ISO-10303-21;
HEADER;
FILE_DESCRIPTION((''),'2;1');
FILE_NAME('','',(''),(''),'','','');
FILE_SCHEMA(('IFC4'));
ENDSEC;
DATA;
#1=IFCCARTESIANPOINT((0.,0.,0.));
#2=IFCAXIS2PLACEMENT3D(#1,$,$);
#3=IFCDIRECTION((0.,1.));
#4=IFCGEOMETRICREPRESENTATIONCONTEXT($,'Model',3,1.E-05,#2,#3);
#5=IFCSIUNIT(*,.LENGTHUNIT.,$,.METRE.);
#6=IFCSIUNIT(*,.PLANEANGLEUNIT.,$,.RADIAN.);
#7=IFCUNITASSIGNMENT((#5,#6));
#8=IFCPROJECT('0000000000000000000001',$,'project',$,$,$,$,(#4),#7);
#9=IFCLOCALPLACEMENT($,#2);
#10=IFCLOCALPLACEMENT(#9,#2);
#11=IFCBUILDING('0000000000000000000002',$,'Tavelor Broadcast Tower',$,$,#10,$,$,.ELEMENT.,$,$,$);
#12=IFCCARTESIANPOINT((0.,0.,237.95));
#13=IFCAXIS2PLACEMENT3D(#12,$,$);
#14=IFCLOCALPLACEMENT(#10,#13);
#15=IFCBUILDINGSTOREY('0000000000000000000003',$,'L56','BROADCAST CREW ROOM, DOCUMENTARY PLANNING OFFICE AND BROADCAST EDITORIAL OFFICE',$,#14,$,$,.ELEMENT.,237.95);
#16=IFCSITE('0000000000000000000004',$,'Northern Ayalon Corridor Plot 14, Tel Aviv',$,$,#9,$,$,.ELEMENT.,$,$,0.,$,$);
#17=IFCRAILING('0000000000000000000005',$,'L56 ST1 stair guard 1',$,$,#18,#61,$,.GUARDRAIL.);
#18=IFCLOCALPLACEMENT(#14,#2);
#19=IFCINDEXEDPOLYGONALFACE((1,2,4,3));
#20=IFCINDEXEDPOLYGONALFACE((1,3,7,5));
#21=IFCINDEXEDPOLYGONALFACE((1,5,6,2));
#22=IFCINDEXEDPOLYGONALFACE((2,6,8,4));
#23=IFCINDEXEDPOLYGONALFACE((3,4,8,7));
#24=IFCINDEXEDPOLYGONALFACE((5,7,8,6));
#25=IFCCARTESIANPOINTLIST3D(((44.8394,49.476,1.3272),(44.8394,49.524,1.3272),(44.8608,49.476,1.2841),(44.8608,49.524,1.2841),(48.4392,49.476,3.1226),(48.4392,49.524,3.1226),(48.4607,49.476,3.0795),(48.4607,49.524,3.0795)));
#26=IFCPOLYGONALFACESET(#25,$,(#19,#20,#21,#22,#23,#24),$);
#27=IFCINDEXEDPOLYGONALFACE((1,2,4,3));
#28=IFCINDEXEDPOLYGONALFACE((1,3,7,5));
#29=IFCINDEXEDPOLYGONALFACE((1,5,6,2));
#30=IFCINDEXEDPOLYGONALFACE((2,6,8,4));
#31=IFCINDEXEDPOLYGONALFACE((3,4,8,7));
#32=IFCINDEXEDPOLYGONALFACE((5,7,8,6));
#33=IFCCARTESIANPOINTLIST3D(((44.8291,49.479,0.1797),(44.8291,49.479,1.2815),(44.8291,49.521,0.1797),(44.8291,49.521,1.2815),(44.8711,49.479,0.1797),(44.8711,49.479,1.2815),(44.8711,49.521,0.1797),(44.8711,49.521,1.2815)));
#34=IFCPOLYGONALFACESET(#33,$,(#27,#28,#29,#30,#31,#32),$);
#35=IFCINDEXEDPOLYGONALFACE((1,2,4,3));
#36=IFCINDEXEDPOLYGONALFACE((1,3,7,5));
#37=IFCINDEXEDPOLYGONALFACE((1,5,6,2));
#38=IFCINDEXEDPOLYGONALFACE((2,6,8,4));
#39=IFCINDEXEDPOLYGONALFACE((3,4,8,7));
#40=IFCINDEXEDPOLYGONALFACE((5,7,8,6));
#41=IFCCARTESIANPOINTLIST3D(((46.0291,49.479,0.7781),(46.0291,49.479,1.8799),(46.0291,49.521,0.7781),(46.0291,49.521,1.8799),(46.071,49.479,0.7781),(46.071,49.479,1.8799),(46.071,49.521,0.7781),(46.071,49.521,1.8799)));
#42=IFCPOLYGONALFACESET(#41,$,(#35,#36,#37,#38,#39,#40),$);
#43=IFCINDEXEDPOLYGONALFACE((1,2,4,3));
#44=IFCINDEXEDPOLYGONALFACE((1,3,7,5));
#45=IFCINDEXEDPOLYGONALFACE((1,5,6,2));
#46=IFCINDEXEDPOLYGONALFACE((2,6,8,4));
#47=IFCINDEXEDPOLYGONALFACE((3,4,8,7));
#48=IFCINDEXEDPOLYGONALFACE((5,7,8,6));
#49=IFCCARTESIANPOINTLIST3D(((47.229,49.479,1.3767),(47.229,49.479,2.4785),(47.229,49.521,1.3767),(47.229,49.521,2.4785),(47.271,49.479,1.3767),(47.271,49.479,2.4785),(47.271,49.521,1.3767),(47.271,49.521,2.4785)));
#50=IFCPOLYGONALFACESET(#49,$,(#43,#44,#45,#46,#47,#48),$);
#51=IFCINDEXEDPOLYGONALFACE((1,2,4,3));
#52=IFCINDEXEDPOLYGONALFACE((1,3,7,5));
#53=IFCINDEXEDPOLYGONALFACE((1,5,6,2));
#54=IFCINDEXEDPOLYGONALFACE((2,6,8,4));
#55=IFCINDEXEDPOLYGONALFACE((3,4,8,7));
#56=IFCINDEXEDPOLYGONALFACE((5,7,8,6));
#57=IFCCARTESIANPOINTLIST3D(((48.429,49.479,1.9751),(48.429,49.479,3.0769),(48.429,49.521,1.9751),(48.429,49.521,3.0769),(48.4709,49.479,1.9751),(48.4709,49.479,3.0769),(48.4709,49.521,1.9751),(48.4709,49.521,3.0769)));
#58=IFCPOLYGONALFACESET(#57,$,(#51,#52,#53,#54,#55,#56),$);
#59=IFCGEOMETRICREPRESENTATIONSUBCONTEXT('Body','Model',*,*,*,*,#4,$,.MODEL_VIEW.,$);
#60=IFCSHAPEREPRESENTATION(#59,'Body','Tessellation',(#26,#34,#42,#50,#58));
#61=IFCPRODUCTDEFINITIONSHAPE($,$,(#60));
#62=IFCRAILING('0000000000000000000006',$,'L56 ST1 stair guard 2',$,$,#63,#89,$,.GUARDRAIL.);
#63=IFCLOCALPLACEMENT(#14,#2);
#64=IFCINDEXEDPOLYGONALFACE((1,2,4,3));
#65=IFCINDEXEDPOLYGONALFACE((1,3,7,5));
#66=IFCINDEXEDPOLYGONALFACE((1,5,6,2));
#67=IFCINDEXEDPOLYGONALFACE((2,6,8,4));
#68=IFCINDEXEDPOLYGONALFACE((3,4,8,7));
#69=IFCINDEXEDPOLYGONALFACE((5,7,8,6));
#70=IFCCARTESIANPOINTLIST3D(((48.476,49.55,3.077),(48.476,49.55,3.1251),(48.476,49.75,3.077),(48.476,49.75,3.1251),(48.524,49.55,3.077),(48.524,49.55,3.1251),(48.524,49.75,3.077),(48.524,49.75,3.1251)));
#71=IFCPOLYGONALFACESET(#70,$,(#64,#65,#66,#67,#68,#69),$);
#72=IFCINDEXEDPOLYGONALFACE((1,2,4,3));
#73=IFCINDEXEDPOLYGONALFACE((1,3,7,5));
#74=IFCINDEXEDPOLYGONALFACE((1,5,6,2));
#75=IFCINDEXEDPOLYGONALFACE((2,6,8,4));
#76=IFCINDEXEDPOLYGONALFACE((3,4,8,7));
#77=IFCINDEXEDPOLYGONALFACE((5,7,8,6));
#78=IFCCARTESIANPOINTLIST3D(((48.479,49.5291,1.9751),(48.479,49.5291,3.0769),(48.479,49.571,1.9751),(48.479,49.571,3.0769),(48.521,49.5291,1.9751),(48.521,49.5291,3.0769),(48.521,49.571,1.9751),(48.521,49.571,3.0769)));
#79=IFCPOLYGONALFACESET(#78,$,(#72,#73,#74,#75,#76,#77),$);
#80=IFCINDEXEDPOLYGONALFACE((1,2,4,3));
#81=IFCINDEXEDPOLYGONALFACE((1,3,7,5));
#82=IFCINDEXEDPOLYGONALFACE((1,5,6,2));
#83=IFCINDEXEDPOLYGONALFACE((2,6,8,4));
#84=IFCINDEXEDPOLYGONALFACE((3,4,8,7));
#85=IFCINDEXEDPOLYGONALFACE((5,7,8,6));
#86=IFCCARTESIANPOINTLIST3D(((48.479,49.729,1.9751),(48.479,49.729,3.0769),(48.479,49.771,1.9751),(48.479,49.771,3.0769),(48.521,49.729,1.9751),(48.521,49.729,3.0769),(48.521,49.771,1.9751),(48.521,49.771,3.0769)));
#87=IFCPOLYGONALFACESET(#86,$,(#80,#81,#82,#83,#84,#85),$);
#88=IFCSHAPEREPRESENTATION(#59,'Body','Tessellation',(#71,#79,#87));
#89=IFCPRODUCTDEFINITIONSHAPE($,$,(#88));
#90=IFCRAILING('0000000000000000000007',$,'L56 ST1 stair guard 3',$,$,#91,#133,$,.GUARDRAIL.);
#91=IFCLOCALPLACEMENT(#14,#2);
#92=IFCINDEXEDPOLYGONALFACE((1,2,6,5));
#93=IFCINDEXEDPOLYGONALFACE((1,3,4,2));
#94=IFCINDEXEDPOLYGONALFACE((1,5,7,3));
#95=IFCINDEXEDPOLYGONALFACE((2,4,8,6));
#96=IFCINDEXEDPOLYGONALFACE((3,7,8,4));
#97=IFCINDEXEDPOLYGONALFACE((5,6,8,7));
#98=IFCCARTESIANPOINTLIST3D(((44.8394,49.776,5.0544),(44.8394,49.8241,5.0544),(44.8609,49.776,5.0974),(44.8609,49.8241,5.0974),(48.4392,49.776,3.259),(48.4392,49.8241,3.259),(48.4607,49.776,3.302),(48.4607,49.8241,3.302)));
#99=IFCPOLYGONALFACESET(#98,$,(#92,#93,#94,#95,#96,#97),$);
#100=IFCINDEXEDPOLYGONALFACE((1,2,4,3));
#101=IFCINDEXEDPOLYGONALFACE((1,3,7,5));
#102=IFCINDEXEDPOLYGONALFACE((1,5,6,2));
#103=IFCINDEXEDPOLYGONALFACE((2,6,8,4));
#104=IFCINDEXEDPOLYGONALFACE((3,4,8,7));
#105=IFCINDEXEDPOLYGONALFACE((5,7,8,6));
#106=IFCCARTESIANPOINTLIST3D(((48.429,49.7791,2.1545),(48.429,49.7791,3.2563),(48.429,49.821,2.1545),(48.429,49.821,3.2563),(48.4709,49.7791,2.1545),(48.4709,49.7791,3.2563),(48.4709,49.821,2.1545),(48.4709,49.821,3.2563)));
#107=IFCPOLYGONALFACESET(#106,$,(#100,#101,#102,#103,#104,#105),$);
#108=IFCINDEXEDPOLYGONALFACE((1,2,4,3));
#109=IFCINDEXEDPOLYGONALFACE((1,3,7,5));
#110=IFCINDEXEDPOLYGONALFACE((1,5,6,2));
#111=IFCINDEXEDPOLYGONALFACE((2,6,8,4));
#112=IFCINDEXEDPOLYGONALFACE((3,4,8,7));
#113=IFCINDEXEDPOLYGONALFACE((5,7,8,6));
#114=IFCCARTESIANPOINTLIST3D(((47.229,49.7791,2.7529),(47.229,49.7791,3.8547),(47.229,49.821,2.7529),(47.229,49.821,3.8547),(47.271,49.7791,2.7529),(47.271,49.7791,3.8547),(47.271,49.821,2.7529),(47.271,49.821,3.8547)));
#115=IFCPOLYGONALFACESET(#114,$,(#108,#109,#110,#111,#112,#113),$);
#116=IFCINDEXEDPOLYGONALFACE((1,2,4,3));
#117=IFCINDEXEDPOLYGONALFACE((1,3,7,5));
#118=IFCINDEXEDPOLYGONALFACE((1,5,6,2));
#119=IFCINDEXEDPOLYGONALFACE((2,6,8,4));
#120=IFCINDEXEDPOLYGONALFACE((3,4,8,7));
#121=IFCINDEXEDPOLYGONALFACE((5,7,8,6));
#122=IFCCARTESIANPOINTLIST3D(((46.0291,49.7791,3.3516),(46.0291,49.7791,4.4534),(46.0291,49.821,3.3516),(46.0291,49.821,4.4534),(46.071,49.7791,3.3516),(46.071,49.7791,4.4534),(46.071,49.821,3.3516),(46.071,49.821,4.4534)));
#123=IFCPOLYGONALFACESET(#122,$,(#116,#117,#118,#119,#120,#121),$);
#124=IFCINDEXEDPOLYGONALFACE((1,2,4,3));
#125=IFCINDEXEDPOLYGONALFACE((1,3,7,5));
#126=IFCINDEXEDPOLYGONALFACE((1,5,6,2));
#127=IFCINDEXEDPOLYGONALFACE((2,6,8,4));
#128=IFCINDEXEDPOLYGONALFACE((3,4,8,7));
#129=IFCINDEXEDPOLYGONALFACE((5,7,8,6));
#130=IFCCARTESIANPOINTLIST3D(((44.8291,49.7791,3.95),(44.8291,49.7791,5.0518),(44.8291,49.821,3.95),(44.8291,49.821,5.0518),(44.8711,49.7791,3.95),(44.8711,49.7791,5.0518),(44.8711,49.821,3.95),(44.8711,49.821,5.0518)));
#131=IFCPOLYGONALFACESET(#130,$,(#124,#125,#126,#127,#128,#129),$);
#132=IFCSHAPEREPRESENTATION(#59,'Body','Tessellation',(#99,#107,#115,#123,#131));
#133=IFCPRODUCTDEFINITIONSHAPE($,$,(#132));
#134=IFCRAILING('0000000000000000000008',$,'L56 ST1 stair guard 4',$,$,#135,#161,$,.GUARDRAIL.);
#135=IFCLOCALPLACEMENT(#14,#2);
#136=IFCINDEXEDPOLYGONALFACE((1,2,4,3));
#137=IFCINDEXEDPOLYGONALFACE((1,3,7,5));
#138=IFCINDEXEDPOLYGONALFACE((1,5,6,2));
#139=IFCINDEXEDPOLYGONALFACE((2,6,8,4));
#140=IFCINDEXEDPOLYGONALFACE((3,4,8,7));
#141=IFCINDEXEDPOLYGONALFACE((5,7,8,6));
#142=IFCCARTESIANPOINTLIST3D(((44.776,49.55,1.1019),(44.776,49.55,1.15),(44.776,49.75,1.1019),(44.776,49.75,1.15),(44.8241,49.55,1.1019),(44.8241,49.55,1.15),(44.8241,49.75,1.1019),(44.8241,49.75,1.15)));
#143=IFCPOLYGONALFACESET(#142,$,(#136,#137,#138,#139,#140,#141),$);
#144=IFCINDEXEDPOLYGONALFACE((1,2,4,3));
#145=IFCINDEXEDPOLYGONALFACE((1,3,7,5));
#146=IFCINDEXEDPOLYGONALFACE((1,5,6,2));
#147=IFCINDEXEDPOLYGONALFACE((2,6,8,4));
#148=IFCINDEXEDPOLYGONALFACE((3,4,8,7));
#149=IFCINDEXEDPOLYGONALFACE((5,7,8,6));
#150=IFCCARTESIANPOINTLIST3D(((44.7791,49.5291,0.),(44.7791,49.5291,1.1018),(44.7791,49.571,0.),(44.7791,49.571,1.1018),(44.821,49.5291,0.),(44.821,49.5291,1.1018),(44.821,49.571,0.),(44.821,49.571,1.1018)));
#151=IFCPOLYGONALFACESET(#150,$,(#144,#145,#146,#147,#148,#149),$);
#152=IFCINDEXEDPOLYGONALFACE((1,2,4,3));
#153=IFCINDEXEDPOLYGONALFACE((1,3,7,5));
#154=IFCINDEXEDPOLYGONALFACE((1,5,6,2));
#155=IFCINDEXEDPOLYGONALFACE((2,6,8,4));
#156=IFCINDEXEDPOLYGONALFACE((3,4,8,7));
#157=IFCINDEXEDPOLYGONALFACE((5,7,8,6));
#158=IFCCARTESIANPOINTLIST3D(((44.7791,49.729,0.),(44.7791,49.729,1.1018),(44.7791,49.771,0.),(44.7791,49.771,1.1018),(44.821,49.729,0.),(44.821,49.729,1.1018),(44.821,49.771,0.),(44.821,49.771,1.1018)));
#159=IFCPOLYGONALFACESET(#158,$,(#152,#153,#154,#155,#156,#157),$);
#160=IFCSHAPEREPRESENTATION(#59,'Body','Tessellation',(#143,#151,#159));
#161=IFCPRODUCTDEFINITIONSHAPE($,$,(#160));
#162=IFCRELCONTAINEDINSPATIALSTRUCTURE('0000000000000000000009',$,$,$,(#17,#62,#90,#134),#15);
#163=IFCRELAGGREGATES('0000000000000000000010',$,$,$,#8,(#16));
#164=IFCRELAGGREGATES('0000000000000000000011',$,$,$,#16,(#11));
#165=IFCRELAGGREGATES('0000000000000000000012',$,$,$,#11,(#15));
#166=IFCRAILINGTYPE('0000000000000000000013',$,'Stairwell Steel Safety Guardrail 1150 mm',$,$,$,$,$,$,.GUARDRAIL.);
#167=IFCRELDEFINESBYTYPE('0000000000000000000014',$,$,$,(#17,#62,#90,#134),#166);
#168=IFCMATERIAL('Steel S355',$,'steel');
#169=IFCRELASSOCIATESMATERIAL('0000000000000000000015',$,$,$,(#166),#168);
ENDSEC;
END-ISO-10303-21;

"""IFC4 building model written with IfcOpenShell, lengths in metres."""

from ifc_helpers import new_model, si_unit, direction, frame, origin, origin_2d, place, context, subcontext, project, spatial, rectangle, extrude, material, type_object, element, save


model = new_model("IFC4")

# Units and contexts
model_context = context("Model", 3, precision=1e-05, world=origin(), true_north=direction((0.0, 1.0)))
body_context = subcontext(model_context, "Body", "Model", "MODEL_VIEW")
ifc_project = project(units=[si_unit("LENGTHUNIT", "METRE"), si_unit("PLANEANGLEUNIT", "RADIAN")], contexts=[model_context])

# Site, building, storey
site_placement = place(None, origin())
site = spatial("IfcSite", under=ifc_project, at=site_placement, Name="Northern Ayalon Corridor Plot 14, Tel Aviv", CompositionType="ELEMENT", RefElevation=0.0)
building_placement = place(site_placement, origin())
building = spatial("IfcBuilding", under=site, at=building_placement, Name="Tavelor Broadcast Tower", CompositionType="ELEMENT")
storey_placement = place(building_placement, frame((0.0, 0.0, 237.95)))
storey = spatial("IfcBuildingStorey", under=building, at=storey_placement, Name="L56", Description="BROADCAST CREW ROOM, DOCUMENTARY PLANNING OFFICE AND BROADCAST EDITORIAL OFFICE", CompositionType="ELEMENT", Elevation=237.95)

# Shared definitions
ifc_material_1 = material(Name="Steel S355", Category="steel")

# Railings
railing_type_1 = type_object("IfcRailingType", Name="Stairwell Steel Safety Guardrail 1150 mm", PredefinedType="GUARDRAIL", material=ifc_material_1)
railing_1_placement = place(storey_placement, frame((44.8501, 49.5, 0.1797)))
element("IfcRailing", 1, at=railing_1_placement, inside=storey, type_object=railing_type_1, Name="L56 ST1 stair guard 1", PredefinedType="GUARDRAIL", context=body_context, shape_type="SweptSolid", body=[
    extrude(rectangle(XDim=0.0481, YDim=0.0481, at=origin_2d()), frame((0.0, 0.0, 1.126), z_axis=(0.894876, 0.0, 0.446315), x_axis=(0.0, 1.0, 0.0)), (0.0, 0.0, 1.0), 4.0227),
    extrude(rectangle(XDim=0.042, YDim=0.042, at=origin_2d()), origin(), (0.0, 0.0, 1.0), 1.1018),
    extrude(rectangle(XDim=0.042, YDim=0.042, at=origin_2d()), frame((1.2, 0.0, 0.5984)), (0.0, 0.0, 1.0), 1.1018),
    extrude(rectangle(XDim=0.042, YDim=0.042, at=origin_2d()), frame((2.3999, 0.0, 1.197)), (0.0, 0.0, 1.0), 1.1018),
    extrude(rectangle(XDim=0.042, YDim=0.042, at=origin_2d()), frame((3.5999, 0.0, 1.7954)), (0.0, 0.0, 1.0), 1.1018),
])
railing_2_placement = place(storey_placement, frame((48.5, 49.55, 1.9751)))
element("IfcRailing", 2, at=railing_2_placement, inside=storey, type_object=railing_type_1, Name="L56 ST1 stair guard 2", PredefinedType="GUARDRAIL", context=body_context, shape_type="SweptSolid", body=[
    extrude(rectangle(XDim=0.0481, YDim=0.0481, at=origin_2d()), frame((0.0, 0.0, 1.126), z_axis=(0.0, 1.0, 0.0), x_axis=(-1.0, 0.0, 0.0)), (0.0, 0.0, 1.0), 0.2),
    extrude(rectangle(XDim=0.042, YDim=0.042, at=origin_2d()), origin(), (0.0, 0.0, 1.0), 1.1018),
    extrude(rectangle(XDim=0.042, YDim=0.042, at=origin_2d()), frame((0.0, 0.2, 0.0)), (0.0, 0.0, 1.0), 1.1018),
])
railing_3_placement = place(storey_placement, frame((48.45, 49.8, 2.1545)))
element("IfcRailing", 3, at=railing_3_placement, inside=storey, type_object=railing_type_1, Name="L56 ST1 stair guard 3", PredefinedType="GUARDRAIL", context=body_context, shape_type="SweptSolid", body=[
    extrude(rectangle(XDim=0.0481, YDim=0.0481, at=origin_2d()), frame((0.0, 0.0, 1.126), z_axis=(-0.894876, 0.0, 0.446315), x_axis=(0.0, -1.0, 0.0)), (0.0, 0.0, 1.0), 4.0227),
    extrude(rectangle(XDim=0.042, YDim=0.042, at=origin_2d()), origin(), (0.0, 0.0, 1.0), 1.1018),
    extrude(rectangle(XDim=0.042, YDim=0.042, at=origin_2d()), frame((-1.2, 0.0, 0.5984)), (0.0, 0.0, 1.0), 1.1018),
    extrude(rectangle(XDim=0.042, YDim=0.042, at=origin_2d()), frame((-2.3999, 0.0, 1.197)), (0.0, 0.0, 1.0), 1.1018),
    extrude(rectangle(XDim=0.042, YDim=0.042, at=origin_2d()), frame((-3.5999, 0.0, 1.7954)), (0.0, 0.0, 1.0), 1.1018),
])
railing_4_placement = place(storey_placement, frame((44.8, 49.55, 0.0)))
element("IfcRailing", 4, at=railing_4_placement, inside=storey, type_object=railing_type_1, Name="L56 ST1 stair guard 4", PredefinedType="GUARDRAIL", context=body_context, shape_type="SweptSolid", body=[
    extrude(rectangle(XDim=0.0481, YDim=0.0481, at=origin_2d()), frame((0.0, 0.0, 1.126), z_axis=(0.0, 1.0, 0.0), x_axis=(-1.0, 0.0, 0.0)), (0.0, 0.0, 1.0), 0.2),
    extrude(rectangle(XDim=0.042, YDim=0.042, at=origin_2d()), origin(), (0.0, 0.0, 1.0), 1.1018),
    extrude(rectangle(XDim=0.042, YDim=0.042, at=origin_2d()), frame((0.0, 0.2, 0.0)), (0.0, 0.0, 1.0), 1.1018),
])

save(model, "model.ifc")
